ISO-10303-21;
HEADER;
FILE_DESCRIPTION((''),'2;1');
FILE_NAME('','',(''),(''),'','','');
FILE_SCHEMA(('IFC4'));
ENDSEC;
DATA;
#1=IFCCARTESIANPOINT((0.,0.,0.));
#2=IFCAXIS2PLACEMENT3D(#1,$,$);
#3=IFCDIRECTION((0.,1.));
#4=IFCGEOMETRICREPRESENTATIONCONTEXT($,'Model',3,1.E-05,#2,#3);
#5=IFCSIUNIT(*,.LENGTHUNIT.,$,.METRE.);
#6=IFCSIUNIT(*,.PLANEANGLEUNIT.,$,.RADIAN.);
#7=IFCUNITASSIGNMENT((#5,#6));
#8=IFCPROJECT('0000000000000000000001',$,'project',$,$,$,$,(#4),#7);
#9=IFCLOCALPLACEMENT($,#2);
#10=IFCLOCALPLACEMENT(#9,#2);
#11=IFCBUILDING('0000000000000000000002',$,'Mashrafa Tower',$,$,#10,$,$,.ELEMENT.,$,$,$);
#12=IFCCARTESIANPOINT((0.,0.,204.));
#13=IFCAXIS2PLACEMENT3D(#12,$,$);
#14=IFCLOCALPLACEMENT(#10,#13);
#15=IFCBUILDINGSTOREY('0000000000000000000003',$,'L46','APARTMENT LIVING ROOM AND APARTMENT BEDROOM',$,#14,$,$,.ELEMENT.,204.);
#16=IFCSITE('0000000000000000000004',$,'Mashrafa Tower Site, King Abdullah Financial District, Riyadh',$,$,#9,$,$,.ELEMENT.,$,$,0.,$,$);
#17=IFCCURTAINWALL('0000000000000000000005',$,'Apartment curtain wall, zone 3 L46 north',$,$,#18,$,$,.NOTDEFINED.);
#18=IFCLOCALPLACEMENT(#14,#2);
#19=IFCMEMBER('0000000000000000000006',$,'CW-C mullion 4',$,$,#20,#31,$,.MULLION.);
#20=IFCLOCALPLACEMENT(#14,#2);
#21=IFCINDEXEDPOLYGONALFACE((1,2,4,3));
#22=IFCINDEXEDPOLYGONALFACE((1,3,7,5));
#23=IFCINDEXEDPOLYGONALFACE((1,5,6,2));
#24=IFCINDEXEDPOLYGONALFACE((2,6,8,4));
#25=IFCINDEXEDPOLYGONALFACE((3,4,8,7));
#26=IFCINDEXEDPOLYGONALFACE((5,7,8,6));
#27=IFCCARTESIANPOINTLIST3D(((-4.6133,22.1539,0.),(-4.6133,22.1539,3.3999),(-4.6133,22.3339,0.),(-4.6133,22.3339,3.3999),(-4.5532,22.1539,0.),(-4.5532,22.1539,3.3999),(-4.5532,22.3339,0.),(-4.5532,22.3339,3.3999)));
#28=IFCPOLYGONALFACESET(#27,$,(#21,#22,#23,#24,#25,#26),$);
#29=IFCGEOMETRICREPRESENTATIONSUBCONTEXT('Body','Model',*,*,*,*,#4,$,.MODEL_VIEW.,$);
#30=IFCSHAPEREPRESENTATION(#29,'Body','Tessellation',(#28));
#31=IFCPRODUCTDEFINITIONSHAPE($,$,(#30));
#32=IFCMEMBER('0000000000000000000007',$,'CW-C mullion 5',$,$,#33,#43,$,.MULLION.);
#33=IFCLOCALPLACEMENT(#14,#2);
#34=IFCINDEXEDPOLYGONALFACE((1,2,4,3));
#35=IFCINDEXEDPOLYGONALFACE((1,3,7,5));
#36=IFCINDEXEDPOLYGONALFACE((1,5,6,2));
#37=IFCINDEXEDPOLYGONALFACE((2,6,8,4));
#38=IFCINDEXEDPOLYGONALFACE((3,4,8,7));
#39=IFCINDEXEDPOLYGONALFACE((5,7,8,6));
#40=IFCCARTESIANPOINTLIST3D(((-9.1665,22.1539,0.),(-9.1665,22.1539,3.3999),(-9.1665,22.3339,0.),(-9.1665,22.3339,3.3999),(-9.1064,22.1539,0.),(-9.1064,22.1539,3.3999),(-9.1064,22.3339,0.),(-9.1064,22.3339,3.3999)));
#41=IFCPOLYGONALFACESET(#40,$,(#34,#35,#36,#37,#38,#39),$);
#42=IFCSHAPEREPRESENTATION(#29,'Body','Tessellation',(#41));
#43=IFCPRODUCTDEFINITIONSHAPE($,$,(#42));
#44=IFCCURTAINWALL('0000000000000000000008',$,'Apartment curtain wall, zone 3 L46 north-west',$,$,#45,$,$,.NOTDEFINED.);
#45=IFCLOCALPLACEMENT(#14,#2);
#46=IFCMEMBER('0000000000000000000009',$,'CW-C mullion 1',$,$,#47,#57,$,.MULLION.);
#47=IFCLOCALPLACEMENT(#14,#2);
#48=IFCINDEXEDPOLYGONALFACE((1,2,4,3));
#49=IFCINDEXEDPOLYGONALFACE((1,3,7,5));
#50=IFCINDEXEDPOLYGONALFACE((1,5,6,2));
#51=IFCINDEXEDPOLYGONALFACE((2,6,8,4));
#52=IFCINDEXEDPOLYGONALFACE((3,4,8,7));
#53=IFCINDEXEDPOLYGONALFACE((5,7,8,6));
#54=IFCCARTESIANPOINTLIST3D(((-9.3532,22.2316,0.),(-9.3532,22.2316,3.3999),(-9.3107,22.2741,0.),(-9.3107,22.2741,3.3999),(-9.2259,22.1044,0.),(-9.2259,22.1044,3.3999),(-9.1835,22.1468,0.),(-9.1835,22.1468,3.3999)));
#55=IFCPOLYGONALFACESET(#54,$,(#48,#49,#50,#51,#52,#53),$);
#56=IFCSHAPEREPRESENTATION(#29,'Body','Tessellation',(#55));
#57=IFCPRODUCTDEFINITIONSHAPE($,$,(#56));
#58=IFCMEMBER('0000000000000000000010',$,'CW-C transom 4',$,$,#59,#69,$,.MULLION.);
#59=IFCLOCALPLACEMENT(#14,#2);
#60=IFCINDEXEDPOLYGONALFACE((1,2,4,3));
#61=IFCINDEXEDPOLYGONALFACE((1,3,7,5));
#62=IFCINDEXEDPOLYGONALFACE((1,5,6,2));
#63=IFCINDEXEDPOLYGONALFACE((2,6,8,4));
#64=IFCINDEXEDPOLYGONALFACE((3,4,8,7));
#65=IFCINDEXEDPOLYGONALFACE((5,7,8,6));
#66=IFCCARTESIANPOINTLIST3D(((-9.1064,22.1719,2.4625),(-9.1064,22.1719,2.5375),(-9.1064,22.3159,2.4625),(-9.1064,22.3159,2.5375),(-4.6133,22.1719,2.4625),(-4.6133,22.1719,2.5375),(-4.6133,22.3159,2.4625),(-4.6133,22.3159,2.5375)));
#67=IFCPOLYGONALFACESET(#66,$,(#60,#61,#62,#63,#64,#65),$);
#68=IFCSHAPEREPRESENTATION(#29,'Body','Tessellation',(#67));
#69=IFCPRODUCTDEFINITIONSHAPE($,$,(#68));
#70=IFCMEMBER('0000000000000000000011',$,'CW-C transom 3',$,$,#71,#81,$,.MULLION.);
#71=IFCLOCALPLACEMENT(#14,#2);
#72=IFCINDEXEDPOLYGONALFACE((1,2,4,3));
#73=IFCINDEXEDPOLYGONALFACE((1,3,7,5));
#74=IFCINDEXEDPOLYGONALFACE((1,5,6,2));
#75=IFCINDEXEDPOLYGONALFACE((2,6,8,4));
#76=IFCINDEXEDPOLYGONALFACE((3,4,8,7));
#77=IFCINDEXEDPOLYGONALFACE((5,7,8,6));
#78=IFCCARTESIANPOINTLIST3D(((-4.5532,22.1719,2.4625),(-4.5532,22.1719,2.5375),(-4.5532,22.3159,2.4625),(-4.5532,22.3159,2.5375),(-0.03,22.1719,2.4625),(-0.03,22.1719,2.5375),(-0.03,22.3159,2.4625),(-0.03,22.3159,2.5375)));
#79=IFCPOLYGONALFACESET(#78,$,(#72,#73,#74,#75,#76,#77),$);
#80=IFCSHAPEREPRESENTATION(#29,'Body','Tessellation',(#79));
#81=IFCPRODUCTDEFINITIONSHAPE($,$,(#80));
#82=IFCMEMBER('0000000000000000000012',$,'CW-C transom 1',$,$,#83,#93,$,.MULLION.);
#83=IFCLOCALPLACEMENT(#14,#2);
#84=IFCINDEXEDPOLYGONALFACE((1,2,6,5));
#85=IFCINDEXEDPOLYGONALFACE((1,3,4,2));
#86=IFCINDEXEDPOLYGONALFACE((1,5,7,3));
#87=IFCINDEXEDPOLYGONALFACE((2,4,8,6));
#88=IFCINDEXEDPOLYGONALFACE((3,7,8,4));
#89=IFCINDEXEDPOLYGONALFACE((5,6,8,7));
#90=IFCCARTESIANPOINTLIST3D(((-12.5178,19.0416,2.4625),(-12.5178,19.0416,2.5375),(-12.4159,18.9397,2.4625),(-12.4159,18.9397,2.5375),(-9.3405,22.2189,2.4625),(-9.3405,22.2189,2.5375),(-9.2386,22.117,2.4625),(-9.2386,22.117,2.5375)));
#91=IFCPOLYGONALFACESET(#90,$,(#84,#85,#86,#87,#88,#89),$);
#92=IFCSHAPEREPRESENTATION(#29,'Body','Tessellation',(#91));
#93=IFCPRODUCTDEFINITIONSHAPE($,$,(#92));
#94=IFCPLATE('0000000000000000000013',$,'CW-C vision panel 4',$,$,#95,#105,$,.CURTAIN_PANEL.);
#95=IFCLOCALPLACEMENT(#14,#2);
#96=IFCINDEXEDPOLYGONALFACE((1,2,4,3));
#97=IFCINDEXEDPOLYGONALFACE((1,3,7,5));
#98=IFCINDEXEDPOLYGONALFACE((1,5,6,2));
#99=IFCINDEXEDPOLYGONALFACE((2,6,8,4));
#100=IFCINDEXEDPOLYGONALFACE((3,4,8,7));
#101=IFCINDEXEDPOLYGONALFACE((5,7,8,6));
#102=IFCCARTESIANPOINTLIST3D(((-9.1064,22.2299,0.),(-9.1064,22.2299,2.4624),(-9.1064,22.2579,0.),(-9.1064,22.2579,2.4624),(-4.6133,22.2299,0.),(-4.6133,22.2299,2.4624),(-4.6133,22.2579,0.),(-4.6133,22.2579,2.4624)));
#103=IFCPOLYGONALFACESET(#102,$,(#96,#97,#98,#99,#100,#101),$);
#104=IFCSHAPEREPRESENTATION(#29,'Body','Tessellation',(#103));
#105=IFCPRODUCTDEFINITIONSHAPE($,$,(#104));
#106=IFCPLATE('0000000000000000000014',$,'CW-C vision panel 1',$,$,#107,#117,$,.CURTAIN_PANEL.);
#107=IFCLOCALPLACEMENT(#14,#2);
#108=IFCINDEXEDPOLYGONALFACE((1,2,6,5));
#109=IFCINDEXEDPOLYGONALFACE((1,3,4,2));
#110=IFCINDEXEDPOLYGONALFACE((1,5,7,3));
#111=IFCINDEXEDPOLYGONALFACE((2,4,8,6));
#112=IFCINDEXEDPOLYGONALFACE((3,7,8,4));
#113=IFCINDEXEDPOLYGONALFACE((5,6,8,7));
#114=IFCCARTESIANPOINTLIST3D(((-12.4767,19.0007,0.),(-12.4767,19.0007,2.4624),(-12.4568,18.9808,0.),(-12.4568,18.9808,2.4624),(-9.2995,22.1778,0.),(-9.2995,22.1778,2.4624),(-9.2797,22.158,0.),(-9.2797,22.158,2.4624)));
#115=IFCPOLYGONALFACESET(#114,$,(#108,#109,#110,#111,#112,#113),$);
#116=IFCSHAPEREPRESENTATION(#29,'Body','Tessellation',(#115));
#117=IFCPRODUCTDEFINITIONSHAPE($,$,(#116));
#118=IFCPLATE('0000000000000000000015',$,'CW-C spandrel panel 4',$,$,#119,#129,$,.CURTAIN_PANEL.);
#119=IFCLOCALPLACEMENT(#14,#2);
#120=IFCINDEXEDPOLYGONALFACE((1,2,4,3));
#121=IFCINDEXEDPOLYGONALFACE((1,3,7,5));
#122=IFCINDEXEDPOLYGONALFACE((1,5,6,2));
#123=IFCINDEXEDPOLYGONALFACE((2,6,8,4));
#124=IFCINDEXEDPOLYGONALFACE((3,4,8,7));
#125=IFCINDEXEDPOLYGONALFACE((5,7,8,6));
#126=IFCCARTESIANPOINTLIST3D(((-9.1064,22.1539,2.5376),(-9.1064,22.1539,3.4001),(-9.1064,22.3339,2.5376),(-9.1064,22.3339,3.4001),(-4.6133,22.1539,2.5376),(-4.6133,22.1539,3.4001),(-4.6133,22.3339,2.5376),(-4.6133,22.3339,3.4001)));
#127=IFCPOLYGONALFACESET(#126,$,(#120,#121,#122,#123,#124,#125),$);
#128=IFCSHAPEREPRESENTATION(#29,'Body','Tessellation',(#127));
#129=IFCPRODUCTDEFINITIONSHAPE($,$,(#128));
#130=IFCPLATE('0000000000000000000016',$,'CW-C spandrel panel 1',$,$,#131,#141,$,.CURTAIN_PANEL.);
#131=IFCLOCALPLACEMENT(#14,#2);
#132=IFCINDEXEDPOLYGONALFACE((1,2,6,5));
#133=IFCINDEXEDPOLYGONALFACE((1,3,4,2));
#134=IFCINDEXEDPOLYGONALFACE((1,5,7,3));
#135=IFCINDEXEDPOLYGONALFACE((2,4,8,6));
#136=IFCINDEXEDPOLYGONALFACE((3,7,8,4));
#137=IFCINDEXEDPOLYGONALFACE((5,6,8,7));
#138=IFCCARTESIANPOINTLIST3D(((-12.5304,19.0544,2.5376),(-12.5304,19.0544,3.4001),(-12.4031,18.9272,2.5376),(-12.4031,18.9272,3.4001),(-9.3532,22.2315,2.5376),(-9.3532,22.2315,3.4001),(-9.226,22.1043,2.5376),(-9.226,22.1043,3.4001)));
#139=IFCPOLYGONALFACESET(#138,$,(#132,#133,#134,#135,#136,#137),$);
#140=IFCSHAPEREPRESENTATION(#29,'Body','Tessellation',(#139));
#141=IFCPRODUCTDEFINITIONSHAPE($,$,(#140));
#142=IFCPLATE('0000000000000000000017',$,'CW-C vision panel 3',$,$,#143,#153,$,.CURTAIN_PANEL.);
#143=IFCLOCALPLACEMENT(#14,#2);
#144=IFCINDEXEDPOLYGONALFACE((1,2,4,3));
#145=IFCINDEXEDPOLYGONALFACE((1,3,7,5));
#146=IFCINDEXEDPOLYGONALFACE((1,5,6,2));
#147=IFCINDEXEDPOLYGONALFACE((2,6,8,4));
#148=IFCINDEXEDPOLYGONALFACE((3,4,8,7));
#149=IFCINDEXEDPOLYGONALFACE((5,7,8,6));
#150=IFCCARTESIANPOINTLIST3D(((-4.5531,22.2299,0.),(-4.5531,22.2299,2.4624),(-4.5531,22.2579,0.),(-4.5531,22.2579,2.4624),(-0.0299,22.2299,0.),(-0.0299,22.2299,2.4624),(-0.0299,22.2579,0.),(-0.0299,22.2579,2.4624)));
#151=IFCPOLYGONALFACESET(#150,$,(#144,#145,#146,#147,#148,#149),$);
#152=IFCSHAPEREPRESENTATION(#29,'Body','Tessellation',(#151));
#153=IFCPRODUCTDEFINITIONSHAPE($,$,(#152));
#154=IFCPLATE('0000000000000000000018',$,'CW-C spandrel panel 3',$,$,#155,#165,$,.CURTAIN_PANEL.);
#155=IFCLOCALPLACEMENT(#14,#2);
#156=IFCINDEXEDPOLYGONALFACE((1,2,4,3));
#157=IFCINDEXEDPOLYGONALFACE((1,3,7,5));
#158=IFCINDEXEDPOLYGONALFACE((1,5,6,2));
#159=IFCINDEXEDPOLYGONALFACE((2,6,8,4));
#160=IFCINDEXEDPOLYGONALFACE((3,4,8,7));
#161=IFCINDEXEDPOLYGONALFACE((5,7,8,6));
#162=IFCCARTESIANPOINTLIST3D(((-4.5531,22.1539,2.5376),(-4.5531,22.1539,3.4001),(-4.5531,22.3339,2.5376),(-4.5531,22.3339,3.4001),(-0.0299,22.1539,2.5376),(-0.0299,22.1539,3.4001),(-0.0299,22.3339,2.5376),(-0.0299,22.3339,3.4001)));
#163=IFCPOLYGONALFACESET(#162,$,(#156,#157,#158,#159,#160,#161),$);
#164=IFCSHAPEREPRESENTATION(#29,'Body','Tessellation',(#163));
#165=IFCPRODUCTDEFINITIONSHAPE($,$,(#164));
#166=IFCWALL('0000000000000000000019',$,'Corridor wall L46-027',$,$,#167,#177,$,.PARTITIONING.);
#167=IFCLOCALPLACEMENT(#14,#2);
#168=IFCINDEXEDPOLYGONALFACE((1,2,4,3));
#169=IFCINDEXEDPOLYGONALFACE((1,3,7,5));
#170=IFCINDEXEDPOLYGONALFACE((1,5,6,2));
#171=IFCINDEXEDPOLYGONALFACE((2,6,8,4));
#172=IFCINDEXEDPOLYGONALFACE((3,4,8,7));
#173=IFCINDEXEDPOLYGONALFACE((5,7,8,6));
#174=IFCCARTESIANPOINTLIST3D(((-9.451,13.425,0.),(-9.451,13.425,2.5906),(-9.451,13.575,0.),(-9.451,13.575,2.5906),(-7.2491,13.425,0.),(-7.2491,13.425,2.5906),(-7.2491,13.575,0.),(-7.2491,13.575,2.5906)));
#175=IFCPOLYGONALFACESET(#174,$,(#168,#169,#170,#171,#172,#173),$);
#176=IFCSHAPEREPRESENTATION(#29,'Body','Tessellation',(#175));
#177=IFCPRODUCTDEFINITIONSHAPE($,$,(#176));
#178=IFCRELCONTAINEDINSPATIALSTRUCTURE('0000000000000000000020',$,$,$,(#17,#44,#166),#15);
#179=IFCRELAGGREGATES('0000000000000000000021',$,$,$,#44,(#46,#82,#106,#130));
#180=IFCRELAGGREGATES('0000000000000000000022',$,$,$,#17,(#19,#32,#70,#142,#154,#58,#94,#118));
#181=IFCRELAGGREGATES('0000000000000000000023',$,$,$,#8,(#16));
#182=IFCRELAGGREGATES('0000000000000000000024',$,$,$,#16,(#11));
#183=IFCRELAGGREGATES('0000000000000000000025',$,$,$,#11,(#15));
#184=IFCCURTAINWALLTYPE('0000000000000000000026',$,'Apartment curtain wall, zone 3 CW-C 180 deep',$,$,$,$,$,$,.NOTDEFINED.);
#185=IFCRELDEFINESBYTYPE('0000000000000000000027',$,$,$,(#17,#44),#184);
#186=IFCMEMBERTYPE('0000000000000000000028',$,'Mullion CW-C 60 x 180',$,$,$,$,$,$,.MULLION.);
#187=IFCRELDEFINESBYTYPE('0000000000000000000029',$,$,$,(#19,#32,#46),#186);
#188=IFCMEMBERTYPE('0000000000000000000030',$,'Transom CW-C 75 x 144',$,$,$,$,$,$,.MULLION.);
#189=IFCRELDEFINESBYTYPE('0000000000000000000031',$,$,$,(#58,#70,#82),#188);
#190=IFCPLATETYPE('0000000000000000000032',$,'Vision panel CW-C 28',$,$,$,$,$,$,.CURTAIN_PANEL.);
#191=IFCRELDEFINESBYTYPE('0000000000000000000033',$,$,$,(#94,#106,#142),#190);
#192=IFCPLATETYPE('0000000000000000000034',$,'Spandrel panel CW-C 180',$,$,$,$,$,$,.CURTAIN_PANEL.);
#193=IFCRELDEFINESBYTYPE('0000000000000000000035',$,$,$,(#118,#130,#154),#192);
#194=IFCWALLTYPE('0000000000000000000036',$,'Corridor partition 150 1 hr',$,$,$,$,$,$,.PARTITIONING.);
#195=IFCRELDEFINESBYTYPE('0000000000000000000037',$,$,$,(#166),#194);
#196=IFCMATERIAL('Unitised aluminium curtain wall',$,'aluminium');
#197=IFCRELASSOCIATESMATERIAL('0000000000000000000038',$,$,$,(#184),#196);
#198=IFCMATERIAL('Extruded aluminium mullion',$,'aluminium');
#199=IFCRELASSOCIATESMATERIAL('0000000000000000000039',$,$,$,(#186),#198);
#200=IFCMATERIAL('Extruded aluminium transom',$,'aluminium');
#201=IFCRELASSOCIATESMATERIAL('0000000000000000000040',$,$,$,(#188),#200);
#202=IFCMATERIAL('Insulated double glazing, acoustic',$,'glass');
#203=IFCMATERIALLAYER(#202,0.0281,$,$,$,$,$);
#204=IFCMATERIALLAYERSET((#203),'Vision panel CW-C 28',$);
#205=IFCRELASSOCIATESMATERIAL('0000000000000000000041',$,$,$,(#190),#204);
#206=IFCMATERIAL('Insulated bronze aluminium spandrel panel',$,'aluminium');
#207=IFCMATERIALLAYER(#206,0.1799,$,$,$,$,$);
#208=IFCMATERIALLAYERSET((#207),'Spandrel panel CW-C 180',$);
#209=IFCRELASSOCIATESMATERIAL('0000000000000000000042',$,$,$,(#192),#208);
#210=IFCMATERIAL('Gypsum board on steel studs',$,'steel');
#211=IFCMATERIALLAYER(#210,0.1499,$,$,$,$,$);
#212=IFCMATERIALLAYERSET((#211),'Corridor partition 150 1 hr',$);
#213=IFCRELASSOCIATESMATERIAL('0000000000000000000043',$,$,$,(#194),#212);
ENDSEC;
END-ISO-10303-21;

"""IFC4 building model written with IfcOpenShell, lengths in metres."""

from ifc_helpers import new_model, si_unit, direction, frame, frame_2d, origin, origin_2d, place, context, subcontext, project, spatial, rectangle, extrude, source, transform, mapped, material, layer, layer_set, material_profile, profile_set, type_object, type_shapes, element, aggregate, save


model = new_model("IFC4")

# Units and contexts
model_context = context("Model", 3, precision=1e-05, world=origin(), true_north=direction((0.0, 1.0)))
body_context = subcontext(model_context, "Body", "Model", "MODEL_VIEW")
ifc_project = project(units=[si_unit("LENGTHUNIT", "METRE"), si_unit("PLANEANGLEUNIT", "RADIAN")], contexts=[model_context])

# Site, building, storey
site_placement = place(None, origin())
site = spatial("IfcSite", under=ifc_project, at=site_placement, Name="Mashrafa Tower Site, King Abdullah Financial District, Riyadh", CompositionType="ELEMENT", RefElevation=0.0)
building_placement = place(site_placement, origin())
building = spatial("IfcBuilding", under=site, at=building_placement, Name="Mashrafa Tower", CompositionType="ELEMENT")
storey_placement = place(building_placement, frame((0.0, 0.0, 204.0)))
storey = spatial("IfcBuildingStorey", under=building, at=storey_placement, Name="L46", Description="APARTMENT LIVING ROOM AND APARTMENT BEDROOM", CompositionType="ELEMENT", Elevation=204.0)

# Curtain wall, members
ifc_material_1 = material(Name="Unitised aluminium curtain wall", Category="aluminium")
curtain_wall_type = type_object("IfcCurtainWallType", Name="Apartment curtain wall, zone 3 CW-C 180 deep", PredefinedType="NOTDEFINED", material=ifc_material_1)
curtain_wall_1_placement = place(storey_placement, origin())
curtain_wall_1 = element("IfcCurtainWall", 1, at=curtain_wall_1_placement, inside=storey, type_object=curtain_wall_type, Name="Apartment curtain wall, zone 3 L46 north", PredefinedType="NOTDEFINED")
ifc_material_2 = material(Name="Extruded aluminium mullion", Category="aluminium")
ifc_material_profile_1 = material_profile(ifc_material_2, rectangle(XDim=0.1799, YDim=0.0601, at=origin_2d()), Name="Mullion 60x180")
ifc_profile_set_1 = profile_set([ifc_material_profile_1], Name="Extruded aluminium mullion")
member_type_1 = type_object("IfcMemberType", Name="Mullion CW-C 60 x 180", PredefinedType="MULLION", material=ifc_profile_set_1)
shared_shape_1 = source(origin(), body_context, "Body", "SweptSolid", [
    extrude(rectangle(XDim=0.1799, YDim=0.0601, at=origin_2d()), origin(), (0.0, 0.0, 1.0), 3.3999),
])
type_shapes(member_type_1, [shared_shape_1])
member_1_placement = place(storey_placement, frame((-4.5833, 22.2439, 0.0), z_axis=(0.0, 0.0, 1.0), x_axis=(0.0, -1.0, 0.0)))
member_1 = element("IfcMember", 2, at=member_1_placement, type_object=member_type_1, Name="CW-C mullion 4", PredefinedType="MULLION", context=body_context, shape_type="MappedRepresentation", body=[
    mapped(shared_shape_1, transform((0.0, 0.0, 0.0))),
])
member_2_placement = place(storey_placement, frame((-9.1365, 22.2439, 0.0), z_axis=(0.0, 0.0, 1.0), x_axis=(0.0, -1.0, 0.0)))
member_2 = element("IfcMember", 3, at=member_2_placement, type_object=member_type_1, Name="CW-C mullion 5", PredefinedType="MULLION", context=body_context, shape_type="MappedRepresentation", body=[
    mapped(shared_shape_1, transform((0.0, 0.0, 0.0))),
])

# Curtain wall, member
curtain_wall_2_placement = place(storey_placement, origin())
curtain_wall_2 = element("IfcCurtainWall", 4, at=curtain_wall_2_placement, inside=storey, type_object=curtain_wall_type, Name="Apartment curtain wall, zone 3 L46 north-west", PredefinedType="NOTDEFINED")
member_3_placement = place(storey_placement, frame((-9.2683, 22.1892, 0.0), z_axis=(0.0, 0.0, 1.0), x_axis=(0.707107, -0.707107, 0.0)))
member_3 = element("IfcMember", 5, at=member_3_placement, type_object=member_type_1, Name="CW-C mullion 1", PredefinedType="MULLION", context=body_context, shape_type="MappedRepresentation", body=[
    mapped(shared_shape_1, transform((0.0, 0.0, 0.0))),
])

# Members
ifc_material_3 = material(Name="Extruded aluminium transom", Category="aluminium")
ifc_material_profile_2 = material_profile(ifc_material_3, rectangle(XDim=0.144, YDim=0.075, at=origin_2d()), Name="Transom 75x144")
ifc_profile_set_2 = profile_set([ifc_material_profile_2], Name="Extruded aluminium transom")
member_type_2 = type_object("IfcMemberType", Name="Transom CW-C 75 x 144", PredefinedType="MULLION", material=ifc_profile_set_2)
shared_shape_2 = source(origin(), body_context, "Body", "SweptSolid", [
    extrude(rectangle(XDim=0.144, YDim=0.075, at=origin_2d()), origin(), (0.0, 0.0, 1.0), 4.4932),
])
member_4_placement = place(storey_placement, frame((-4.6133, 22.2439, 2.5), z_axis=(-1.0, 0.0, 0.0), x_axis=(0.0, -1.0, 0.0)))
member_4 = element("IfcMember", 6, at=member_4_placement, type_object=member_type_2, Name="CW-C transom 4", PredefinedType="MULLION", context=body_context, shape_type="MappedRepresentation", body=[
    mapped(shared_shape_2, transform((0.0, 0.0, 0.0))),
])
shared_shape_3 = source(origin(), body_context, "Body", "SweptSolid", [
    extrude(rectangle(XDim=0.144, YDim=0.075, at=origin_2d()), origin(), (0.0, 0.0, 1.0), 4.5232),
])
member_5_placement = place(storey_placement, frame((-0.03, 22.2439, 2.5), z_axis=(-1.0, 0.0, 0.0), x_axis=(0.0, -1.0, 0.0)))
member_5 = element("IfcMember", 7, at=member_5_placement, type_object=member_type_2, Name="CW-C transom 3", PredefinedType="MULLION", context=body_context, shape_type="MappedRepresentation", body=[
    mapped(shared_shape_3, transform((0.0, 0.0, 0.0))),
])
shared_shape_4 = source(origin(), body_context, "Body", "SweptSolid", [
    extrude(rectangle(XDim=0.144, YDim=0.075, at=origin_2d()), origin(), (0.0, 0.0, 1.0), 4.4934),
])
type_shapes(member_type_2, [shared_shape_2, shared_shape_3, shared_shape_4])
member_6_placement = place(storey_placement, frame((-9.2896, 22.168, 2.5), z_axis=(-0.707107, -0.707107, 0.0), x_axis=(0.707107, -0.707107, 0.0)))
member_6 = element("IfcMember", 8, at=member_6_placement, type_object=member_type_2, Name="CW-C transom 1", PredefinedType="MULLION", context=body_context, shape_type="MappedRepresentation", body=[
    mapped(shared_shape_4, transform((0.0, 0.0, 0.0))),
])

# Plates
ifc_material_4 = material(Name="Insulated double glazing, acoustic", Category="glass")
ifc_layer_1 = layer(ifc_material_4, 0.0281)
ifc_layer_set_1 = layer_set([ifc_layer_1], Name="Vision panel CW-C 28")
plate_type_1 = type_object("IfcPlateType", Name="Vision panel CW-C 28", PredefinedType="CURTAIN_PANEL", material=ifc_layer_set_1)
shared_shape_5 = source(origin(), body_context, "Body", "SweptSolid", [
    extrude(rectangle(XDim=4.4932, YDim=0.0281, at=origin_2d()), origin(), (0.0, 0.0, 1.0), 2.4624),
])
plate_1_placement = place(storey_placement, frame((-6.8599, 22.2439, 0.0), z_axis=(0.0, 0.0, 1.0), x_axis=(-1.0, 0.0, 0.0)))
plate_1 = element("IfcPlate", 9, at=plate_1_placement, type_object=plate_type_1, Name="CW-C vision panel 4", PredefinedType="CURTAIN_PANEL", context=body_context, shape_type="MappedRepresentation", body=[
    mapped(shared_shape_5, transform((0.0, 0.0, 0.0))),
])
plate_2_placement = place(storey_placement, frame((-10.8782, 20.5793, 0.0), z_axis=(0.0, 0.0, 1.0), x_axis=(-0.707107, -0.707107, 0.0)))
plate_2 = element("IfcPlate", 10, at=plate_2_placement, type_object=plate_type_1, Name="CW-C vision panel 1", PredefinedType="CURTAIN_PANEL", context=body_context, shape_type="MappedRepresentation", body=[
    mapped(shared_shape_5, transform((0.0, 0.0, 0.0))),
])
ifc_material_5 = material(Name="Insulated bronze aluminium spandrel panel", Category="aluminium")
ifc_layer_2 = layer(ifc_material_5, 0.1799)
ifc_layer_set_2 = layer_set([ifc_layer_2], Name="Spandrel panel CW-C 180")
plate_type_2 = type_object("IfcPlateType", Name="Spandrel panel CW-C 180", PredefinedType="CURTAIN_PANEL", material=ifc_layer_set_2)
shared_shape_6 = source(origin(), body_context, "Body", "SweptSolid", [
    extrude(rectangle(XDim=4.4932, YDim=0.1799, at=origin_2d()), origin(), (0.0, 0.0, 1.0), 0.8625),
])
plate_3_placement = place(storey_placement, frame((-6.8599, 22.2439, 2.5376), z_axis=(0.0, 0.0, 1.0), x_axis=(-1.0, 0.0, 0.0)))
plate_3 = element("IfcPlate", 11, at=plate_3_placement, type_object=plate_type_2, Name="CW-C spandrel panel 4", PredefinedType="CURTAIN_PANEL", context=body_context, shape_type="MappedRepresentation", body=[
    mapped(shared_shape_6, transform((0.0, 0.0, 0.0))),
])
plate_4_placement = place(storey_placement, frame((-10.8782, 20.5793, 2.5376), z_axis=(0.0, 0.0, 1.0), x_axis=(-0.707107, -0.707107, 0.0)))
plate_4 = element("IfcPlate", 12, at=plate_4_placement, type_object=plate_type_2, Name="CW-C spandrel panel 1", PredefinedType="CURTAIN_PANEL", context=body_context, shape_type="MappedRepresentation", body=[
    mapped(shared_shape_6, transform((0.0, 0.0, 0.0))),
])
aggregate(curtain_wall_2, [member_3, member_6, plate_2, plate_4])
shared_shape_7 = source(origin(), body_context, "Body", "SweptSolid", [
    extrude(rectangle(XDim=4.5232, YDim=0.0281, at=origin_2d()), origin(), (0.0, 0.0, 1.0), 2.4624),
])
type_shapes(plate_type_1, [shared_shape_5, shared_shape_7])
plate_5_placement = place(storey_placement, frame((-2.2915, 22.2439, 0.0), z_axis=(0.0, 0.0, 1.0), x_axis=(-1.0, 0.0, 0.0)))
plate_5 = element("IfcPlate", 13, at=plate_5_placement, type_object=plate_type_1, Name="CW-C vision panel 3", PredefinedType="CURTAIN_PANEL", context=body_context, shape_type="MappedRepresentation", body=[
    mapped(shared_shape_7, transform((0.0, 0.0, 0.0))),
])
shared_shape_8 = source(origin(), body_context, "Body", "SweptSolid", [
    extrude(rectangle(XDim=4.5232, YDim=0.1799, at=origin_2d()), origin(), (0.0, 0.0, 1.0), 0.8625),
])
type_shapes(plate_type_2, [shared_shape_6, shared_shape_8])
plate_6_placement = place(storey_placement, frame((-2.2915, 22.2439, 2.5376), z_axis=(0.0, 0.0, 1.0), x_axis=(-1.0, 0.0, 0.0)))
plate_6 = element("IfcPlate", 14, at=plate_6_placement, type_object=plate_type_2, Name="CW-C spandrel panel 3", PredefinedType="CURTAIN_PANEL", context=body_context, shape_type="MappedRepresentation", body=[
    mapped(shared_shape_8, transform((0.0, 0.0, 0.0))),
])
aggregate(curtain_wall_1, [member_1, member_2, member_5, plate_5, plate_6, member_4, plate_1, plate_3])

# Wall
ifc_material_6 = material(Name="Gypsum board on steel studs", Category="steel")
ifc_layer_3 = layer(ifc_material_6, 0.1499)
ifc_layer_set_3 = layer_set([ifc_layer_3], Name="Corridor partition 150 1 hr")
wall_type_1 = type_object("IfcWallType", Name="Corridor partition 150 1 hr", PredefinedType="PARTITIONING", material=ifc_layer_set_3)
wall_1_placement = place(storey_placement, frame((-7.249, 13.5, 0.0), z_axis=(0.0, 0.0, 1.0), x_axis=(-1.0, 0.0, 0.0)))
element("IfcWall", 15, at=wall_1_placement, inside=storey, type_object=wall_type_1, Name="Corridor wall L46-027", PredefinedType="PARTITIONING", context=body_context, shape_type="SweptSolid", body=[
    extrude(rectangle(XDim=2.2019, YDim=0.1499, at=frame_2d((1.1011, 0.0))), origin(), (0.0, 0.0, 1.0), 2.5906),
])

save(model, "model.ifc")
